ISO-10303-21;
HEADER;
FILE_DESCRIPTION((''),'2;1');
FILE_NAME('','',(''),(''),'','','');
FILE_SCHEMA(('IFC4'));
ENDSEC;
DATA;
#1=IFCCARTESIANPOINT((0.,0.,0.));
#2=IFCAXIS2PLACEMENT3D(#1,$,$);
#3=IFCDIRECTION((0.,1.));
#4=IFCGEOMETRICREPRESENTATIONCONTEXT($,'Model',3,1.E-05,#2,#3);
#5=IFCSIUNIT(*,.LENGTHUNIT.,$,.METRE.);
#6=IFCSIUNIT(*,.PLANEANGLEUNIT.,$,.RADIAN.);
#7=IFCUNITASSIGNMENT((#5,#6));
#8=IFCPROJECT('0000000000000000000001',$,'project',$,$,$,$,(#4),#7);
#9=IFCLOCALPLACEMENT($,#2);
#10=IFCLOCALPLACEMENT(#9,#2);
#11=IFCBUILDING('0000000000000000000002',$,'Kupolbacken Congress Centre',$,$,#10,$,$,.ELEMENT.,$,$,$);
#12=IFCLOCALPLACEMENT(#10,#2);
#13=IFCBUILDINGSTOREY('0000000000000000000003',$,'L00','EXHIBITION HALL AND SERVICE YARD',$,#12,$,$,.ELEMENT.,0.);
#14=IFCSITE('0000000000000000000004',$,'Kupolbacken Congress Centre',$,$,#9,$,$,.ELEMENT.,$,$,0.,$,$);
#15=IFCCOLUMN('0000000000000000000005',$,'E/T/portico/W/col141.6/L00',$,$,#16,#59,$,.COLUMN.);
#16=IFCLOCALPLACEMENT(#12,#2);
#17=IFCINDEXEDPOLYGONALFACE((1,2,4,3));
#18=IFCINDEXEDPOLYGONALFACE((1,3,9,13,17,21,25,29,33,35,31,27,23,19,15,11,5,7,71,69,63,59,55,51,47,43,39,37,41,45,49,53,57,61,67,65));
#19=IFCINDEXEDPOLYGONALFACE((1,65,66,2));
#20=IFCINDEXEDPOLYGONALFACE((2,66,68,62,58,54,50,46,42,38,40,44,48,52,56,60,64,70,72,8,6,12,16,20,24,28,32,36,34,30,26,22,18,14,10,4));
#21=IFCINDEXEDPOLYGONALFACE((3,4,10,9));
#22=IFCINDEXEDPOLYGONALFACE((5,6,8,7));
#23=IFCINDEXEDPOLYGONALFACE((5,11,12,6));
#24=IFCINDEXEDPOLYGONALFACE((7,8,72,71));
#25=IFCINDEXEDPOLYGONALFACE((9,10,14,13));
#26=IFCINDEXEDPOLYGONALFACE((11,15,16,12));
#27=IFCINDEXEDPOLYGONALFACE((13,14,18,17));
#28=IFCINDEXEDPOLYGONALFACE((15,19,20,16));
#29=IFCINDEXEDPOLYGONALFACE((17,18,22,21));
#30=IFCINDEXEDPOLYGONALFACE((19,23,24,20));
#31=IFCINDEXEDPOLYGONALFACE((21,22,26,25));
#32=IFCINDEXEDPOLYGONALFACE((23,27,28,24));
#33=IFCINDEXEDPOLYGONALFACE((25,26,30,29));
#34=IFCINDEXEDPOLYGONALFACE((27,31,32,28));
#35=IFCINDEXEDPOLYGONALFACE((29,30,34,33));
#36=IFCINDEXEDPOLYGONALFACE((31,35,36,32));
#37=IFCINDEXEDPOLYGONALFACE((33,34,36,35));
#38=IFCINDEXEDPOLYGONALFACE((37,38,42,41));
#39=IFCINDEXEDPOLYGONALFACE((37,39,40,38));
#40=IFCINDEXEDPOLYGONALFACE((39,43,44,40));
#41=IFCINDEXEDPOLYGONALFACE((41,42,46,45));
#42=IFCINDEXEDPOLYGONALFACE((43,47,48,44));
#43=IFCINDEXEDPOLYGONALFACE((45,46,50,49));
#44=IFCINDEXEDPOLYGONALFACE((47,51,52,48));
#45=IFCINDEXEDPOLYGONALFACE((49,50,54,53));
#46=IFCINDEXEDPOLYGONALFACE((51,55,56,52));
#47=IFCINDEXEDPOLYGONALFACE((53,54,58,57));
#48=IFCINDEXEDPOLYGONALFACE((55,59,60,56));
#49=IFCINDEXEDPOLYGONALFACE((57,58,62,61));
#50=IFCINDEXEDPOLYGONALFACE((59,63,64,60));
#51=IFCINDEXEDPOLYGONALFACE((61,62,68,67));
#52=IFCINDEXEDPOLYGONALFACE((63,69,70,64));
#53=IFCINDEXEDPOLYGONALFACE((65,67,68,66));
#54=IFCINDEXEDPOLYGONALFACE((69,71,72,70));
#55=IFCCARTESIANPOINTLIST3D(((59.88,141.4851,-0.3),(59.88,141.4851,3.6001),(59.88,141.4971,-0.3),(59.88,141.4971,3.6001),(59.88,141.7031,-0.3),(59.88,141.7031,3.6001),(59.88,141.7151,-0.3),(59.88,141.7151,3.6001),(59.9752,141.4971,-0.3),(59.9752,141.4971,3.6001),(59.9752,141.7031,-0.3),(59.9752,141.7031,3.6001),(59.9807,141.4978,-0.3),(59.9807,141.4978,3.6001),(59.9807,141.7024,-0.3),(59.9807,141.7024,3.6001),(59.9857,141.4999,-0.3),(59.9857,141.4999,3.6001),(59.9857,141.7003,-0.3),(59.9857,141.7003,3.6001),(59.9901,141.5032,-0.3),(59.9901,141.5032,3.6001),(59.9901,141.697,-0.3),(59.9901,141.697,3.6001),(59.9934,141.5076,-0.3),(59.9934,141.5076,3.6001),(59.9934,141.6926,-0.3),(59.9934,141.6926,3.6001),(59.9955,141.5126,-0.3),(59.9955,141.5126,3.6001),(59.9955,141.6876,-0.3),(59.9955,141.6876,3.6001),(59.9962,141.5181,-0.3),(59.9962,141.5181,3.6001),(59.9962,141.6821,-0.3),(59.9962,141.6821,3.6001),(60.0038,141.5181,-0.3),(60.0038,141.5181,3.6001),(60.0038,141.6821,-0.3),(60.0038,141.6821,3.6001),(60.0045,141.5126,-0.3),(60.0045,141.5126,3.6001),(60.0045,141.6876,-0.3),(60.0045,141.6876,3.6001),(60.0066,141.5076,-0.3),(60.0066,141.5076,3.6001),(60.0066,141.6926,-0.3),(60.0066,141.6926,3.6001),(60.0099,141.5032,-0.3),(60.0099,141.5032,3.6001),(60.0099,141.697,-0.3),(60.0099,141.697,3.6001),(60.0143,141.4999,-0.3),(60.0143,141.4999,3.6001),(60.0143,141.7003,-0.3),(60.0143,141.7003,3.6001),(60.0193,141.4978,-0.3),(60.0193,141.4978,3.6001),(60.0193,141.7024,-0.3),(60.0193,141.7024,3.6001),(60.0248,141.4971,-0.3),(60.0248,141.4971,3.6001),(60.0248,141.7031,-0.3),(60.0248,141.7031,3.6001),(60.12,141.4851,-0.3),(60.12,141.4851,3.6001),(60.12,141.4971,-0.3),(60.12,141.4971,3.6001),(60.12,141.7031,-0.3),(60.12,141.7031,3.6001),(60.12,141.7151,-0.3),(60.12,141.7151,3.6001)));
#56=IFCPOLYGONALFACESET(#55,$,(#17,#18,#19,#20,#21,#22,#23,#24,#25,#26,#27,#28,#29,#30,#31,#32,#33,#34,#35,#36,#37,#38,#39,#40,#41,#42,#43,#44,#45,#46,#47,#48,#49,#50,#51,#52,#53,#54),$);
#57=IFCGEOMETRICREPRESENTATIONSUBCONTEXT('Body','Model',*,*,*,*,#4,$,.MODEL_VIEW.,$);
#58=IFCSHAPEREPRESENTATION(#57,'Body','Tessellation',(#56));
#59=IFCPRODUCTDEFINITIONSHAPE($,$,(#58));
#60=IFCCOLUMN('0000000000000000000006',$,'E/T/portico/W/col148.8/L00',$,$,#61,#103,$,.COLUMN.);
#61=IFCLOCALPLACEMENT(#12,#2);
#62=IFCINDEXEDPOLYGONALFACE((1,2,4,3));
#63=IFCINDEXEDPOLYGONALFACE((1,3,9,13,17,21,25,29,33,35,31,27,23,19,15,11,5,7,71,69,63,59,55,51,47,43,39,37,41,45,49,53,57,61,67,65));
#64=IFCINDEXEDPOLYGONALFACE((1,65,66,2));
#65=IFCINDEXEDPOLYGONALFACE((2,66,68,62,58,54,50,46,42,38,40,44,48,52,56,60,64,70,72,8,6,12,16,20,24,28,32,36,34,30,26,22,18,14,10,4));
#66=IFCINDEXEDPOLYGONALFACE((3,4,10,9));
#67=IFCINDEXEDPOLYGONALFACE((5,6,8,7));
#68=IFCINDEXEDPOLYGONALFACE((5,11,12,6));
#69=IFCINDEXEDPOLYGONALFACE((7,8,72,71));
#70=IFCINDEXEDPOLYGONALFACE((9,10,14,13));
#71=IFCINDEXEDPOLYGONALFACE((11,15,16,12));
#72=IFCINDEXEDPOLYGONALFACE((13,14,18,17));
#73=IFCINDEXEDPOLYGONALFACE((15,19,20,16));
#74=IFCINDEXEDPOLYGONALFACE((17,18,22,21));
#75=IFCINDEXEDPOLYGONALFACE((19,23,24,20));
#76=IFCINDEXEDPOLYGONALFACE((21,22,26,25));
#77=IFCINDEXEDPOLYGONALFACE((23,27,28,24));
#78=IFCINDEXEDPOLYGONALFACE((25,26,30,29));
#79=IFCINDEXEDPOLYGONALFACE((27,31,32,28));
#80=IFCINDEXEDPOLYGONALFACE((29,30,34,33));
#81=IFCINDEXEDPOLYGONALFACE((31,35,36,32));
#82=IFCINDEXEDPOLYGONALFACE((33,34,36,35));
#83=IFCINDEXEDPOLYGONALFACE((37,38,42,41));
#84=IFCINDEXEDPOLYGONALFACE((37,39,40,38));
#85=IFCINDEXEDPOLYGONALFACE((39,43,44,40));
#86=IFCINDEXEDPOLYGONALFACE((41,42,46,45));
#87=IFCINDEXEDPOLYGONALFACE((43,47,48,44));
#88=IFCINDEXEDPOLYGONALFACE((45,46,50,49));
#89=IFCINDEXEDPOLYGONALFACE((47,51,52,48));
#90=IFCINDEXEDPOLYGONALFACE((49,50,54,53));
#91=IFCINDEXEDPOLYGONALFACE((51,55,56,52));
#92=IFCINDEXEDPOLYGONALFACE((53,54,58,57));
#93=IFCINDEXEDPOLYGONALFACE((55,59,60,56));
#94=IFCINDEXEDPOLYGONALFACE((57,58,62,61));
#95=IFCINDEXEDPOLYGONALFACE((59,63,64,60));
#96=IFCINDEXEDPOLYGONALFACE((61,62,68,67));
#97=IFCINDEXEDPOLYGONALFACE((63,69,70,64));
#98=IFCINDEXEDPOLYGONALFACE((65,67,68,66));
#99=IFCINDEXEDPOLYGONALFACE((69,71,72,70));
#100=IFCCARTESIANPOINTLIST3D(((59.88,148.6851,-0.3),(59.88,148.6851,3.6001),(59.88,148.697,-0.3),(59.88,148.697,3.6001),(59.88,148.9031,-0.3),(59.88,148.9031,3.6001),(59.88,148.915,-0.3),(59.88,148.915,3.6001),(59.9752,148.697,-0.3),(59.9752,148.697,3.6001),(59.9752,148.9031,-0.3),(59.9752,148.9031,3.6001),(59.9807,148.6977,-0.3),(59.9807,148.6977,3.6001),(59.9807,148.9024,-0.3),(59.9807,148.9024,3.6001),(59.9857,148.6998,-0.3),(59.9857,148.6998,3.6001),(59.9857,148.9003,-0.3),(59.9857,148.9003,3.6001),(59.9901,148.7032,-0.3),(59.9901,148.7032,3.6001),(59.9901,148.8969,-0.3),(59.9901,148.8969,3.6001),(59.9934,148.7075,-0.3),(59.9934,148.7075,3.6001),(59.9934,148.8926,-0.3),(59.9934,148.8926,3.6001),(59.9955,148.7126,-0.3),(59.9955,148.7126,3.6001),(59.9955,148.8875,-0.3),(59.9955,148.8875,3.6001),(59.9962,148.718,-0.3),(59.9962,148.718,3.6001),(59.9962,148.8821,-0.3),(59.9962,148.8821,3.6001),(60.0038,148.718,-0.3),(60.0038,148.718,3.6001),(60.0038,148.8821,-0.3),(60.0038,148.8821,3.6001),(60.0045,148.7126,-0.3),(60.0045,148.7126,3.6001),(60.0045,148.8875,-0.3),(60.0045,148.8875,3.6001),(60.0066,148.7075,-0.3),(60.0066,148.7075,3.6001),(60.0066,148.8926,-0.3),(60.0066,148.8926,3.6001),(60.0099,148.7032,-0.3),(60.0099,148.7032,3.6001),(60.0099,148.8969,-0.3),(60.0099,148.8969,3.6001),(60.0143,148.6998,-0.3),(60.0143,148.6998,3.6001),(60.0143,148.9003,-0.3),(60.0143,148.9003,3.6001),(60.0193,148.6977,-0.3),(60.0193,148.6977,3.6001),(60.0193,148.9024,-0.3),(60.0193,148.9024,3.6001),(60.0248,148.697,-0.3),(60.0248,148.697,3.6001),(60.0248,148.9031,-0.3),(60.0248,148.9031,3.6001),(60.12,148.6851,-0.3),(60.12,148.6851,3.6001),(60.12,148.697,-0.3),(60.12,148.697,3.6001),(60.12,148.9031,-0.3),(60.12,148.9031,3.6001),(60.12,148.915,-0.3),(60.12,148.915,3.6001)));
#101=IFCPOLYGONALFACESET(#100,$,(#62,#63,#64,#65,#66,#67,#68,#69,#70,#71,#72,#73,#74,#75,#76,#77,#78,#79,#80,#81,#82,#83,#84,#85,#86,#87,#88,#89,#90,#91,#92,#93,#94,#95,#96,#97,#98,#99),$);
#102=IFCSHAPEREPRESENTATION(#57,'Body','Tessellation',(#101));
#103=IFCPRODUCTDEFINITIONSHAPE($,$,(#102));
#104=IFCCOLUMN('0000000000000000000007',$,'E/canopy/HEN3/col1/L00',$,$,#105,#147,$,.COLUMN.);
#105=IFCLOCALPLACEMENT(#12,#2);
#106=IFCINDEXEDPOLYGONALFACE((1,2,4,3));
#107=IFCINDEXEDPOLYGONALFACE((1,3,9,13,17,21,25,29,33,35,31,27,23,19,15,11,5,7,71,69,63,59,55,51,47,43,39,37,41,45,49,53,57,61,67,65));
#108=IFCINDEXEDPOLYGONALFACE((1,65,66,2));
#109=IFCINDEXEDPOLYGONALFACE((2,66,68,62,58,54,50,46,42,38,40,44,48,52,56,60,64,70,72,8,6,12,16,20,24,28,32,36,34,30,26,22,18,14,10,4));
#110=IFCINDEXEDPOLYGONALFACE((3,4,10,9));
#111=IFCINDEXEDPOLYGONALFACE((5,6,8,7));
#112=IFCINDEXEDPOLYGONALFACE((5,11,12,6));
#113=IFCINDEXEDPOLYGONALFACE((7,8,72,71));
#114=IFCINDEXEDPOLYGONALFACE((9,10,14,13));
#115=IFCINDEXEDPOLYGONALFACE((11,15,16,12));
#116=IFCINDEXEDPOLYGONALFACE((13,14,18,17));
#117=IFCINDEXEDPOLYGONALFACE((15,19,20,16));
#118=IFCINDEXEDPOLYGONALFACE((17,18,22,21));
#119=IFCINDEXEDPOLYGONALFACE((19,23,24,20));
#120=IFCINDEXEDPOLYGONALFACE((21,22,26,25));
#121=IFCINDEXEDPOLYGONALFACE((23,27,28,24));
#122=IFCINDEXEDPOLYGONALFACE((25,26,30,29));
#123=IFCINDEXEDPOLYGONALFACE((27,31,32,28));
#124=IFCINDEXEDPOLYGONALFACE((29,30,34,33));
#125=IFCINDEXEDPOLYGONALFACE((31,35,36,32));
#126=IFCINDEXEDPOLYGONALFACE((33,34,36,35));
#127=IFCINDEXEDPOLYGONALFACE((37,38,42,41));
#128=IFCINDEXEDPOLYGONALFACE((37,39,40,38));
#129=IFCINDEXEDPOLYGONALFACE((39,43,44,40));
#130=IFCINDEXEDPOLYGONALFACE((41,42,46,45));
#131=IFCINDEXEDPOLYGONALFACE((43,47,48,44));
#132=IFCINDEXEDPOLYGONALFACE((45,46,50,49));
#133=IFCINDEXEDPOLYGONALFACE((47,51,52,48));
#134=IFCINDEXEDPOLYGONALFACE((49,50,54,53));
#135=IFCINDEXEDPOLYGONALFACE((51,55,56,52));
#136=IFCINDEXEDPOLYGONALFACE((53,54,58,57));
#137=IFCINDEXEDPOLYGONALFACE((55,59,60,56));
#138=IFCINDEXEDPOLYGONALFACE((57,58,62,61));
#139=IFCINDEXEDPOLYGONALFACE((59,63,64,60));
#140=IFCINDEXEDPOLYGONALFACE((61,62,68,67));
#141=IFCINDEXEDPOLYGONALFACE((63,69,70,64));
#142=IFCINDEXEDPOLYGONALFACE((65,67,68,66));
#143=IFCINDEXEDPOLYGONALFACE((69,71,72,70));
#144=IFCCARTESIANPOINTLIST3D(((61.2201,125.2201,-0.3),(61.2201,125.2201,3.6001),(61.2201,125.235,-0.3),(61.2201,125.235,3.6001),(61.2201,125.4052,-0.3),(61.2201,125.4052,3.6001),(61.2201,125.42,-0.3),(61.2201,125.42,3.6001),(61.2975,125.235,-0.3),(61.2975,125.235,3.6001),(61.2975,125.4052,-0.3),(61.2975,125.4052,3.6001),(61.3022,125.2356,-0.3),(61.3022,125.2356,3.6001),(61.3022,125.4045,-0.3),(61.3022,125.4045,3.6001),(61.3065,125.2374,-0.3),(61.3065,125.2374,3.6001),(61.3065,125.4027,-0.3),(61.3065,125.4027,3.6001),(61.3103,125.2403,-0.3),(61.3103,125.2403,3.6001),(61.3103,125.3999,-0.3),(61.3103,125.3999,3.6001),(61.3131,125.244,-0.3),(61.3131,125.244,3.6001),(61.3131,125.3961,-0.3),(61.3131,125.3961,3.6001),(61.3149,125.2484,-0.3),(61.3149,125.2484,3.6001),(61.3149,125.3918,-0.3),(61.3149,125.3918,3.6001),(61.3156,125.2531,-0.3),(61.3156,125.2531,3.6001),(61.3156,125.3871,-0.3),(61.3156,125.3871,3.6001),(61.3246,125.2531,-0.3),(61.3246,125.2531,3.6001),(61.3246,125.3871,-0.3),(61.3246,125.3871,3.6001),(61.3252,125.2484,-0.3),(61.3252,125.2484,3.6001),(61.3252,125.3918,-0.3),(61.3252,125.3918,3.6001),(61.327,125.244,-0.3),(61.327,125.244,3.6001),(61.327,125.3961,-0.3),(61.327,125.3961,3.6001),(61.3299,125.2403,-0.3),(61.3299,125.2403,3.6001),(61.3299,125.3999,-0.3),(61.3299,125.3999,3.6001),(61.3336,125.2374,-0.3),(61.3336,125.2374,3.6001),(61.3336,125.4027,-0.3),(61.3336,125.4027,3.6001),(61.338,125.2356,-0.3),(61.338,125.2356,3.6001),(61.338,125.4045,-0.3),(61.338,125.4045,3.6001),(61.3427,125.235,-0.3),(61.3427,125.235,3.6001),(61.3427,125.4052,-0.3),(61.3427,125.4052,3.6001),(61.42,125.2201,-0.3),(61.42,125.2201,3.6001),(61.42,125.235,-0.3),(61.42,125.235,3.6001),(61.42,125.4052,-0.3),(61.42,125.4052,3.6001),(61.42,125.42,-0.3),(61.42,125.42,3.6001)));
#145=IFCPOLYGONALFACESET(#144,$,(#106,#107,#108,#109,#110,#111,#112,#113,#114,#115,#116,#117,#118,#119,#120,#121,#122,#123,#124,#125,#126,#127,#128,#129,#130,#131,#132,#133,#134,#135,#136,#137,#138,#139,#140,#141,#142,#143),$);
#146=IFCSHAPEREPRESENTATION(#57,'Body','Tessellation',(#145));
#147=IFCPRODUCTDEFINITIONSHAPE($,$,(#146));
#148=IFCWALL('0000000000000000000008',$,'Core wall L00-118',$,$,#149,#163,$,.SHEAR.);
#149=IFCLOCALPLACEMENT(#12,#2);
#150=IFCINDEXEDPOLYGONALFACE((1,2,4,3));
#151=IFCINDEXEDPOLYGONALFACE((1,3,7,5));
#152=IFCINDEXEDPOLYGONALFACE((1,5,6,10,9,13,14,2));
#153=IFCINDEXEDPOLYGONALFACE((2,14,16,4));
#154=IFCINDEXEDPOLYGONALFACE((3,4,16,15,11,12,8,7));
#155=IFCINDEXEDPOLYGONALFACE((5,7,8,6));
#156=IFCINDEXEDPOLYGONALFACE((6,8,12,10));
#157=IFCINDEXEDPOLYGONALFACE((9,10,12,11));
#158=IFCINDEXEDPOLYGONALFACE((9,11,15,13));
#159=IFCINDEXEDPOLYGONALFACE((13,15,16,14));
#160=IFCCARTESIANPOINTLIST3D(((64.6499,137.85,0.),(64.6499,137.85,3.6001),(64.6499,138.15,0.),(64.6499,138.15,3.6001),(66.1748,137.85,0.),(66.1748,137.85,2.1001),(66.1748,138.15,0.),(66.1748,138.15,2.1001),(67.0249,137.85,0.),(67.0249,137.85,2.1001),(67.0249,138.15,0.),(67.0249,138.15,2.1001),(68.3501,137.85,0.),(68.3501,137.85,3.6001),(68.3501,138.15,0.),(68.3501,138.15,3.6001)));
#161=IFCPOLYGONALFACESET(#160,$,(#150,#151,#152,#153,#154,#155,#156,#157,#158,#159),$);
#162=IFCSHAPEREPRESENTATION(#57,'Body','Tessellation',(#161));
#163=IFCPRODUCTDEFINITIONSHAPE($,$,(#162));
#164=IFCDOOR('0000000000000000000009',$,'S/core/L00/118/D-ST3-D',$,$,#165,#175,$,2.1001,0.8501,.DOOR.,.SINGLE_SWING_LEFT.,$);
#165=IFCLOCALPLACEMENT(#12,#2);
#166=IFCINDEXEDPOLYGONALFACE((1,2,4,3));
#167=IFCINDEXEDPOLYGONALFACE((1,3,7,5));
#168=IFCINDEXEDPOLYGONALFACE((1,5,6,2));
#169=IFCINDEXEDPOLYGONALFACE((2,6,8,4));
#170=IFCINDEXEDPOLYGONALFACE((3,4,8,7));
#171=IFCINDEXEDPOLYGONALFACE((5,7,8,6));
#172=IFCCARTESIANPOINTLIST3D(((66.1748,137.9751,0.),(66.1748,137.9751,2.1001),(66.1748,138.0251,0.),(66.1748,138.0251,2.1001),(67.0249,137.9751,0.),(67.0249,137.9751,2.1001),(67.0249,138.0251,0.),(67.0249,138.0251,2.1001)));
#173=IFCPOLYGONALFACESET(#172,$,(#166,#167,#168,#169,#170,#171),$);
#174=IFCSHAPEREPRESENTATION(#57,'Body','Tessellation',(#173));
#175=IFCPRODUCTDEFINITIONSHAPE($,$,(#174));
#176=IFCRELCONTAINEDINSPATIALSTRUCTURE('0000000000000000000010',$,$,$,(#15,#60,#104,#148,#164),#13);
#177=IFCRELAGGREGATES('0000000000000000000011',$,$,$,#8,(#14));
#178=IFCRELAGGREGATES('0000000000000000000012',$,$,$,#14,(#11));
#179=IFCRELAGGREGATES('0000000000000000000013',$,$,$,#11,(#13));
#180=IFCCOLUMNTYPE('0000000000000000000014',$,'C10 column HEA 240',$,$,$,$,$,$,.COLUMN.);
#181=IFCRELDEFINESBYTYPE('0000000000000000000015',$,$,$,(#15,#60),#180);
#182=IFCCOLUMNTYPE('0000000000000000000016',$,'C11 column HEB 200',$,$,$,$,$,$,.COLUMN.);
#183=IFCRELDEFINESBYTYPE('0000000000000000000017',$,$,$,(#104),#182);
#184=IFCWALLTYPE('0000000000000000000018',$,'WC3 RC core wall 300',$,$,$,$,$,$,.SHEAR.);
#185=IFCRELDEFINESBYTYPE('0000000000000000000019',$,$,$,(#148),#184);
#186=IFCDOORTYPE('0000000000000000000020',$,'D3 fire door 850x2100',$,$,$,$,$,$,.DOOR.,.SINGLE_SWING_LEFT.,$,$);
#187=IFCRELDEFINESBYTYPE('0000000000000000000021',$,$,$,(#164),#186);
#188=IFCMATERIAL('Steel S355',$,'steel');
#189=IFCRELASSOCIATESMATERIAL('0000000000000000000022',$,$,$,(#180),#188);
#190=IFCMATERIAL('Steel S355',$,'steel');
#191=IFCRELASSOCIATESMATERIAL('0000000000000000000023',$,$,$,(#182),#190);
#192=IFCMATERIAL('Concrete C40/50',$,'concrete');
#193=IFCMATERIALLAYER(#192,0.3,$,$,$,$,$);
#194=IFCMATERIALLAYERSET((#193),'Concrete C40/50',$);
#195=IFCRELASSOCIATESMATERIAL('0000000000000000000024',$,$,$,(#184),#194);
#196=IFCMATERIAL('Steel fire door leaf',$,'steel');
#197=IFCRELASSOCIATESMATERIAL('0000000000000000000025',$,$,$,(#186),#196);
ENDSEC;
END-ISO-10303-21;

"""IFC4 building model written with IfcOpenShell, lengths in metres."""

from ifc_helpers import new_model, si_unit, direction, frame, frame_2d, origin, origin_2d, place, context, subcontext, project, spatial, rectangle, i_section, extrude, material, layer, layer_set, material_profile, profile_set, type_object, element, fill, save


model = new_model("IFC4")

# Units and contexts
model_context = context("Model", 3, precision=1e-05, world=origin(), true_north=direction((0.0, 1.0)))
body_context = subcontext(model_context, "Body", "Model", "MODEL_VIEW")
ifc_project = project(units=[si_unit("LENGTHUNIT", "METRE"), si_unit("PLANEANGLEUNIT", "RADIAN")], contexts=[model_context])

# Site, building, storey
site_placement = place(None, origin())
site = spatial("IfcSite", under=ifc_project, at=site_placement, Name="Kupolbacken Congress Centre", CompositionType="ELEMENT", RefElevation=0.0)
building_placement = place(site_placement, origin())
building = spatial("IfcBuilding", under=site, at=building_placement, Name="Kupolbacken Congress Centre", CompositionType="ELEMENT")
storey_placement = place(building_placement, origin())
storey = spatial("IfcBuildingStorey", under=building, at=storey_placement, Name="L00", Description="EXHIBITION HALL AND SERVICE YARD", CompositionType="ELEMENT", Elevation=0.0)

# Columns
ifc_material_1 = material(Name="Steel S355", Category="steel")
ifc_material_profile_1 = material_profile(ifc_material_1, i_section(OverallWidth=0.24, OverallDepth=0.23, WebThickness=0.0076, FlangeThickness=0.012, FilletRadius=0.021, at=origin_2d()), Name="HEA 240")
ifc_profile_set_1 = profile_set([ifc_material_profile_1], Name="Steel S355")
column_type_1 = type_object("IfcColumnType", Name="C10 column HEA 240", PredefinedType="COLUMN", material=ifc_profile_set_1)
for number, where, z_axis, x_axis, name in (
    (1, (60.0, 141.6001, -0.3), (0.0, 0.0, 1.0), (1.0, 0.0, 0.0), "E/T/portico/W/col141.6/L00"),
    (2, (60.0, 148.8, -0.3), (0.0, 0.0, 1.0), (1.0, 0.0, 0.0), "E/T/portico/W/col148.8/L00"),
):
    element("IfcColumn", number, at=place(storey_placement, frame(where, z_axis=z_axis, x_axis=x_axis)), inside=storey, type_object=column_type_1, Name=name, PredefinedType="COLUMN", context=body_context, shape_type="SweptSolid", body=[
        extrude(i_section(OverallWidth=0.24, OverallDepth=0.23, WebThickness=0.0076, FlangeThickness=0.012, FilletRadius=0.021, at=origin_2d()), origin(), (0.0, 0.0, 1.0), 3.9001),
    ])
ifc_material_2 = material(Name="Steel S355", Category="steel")
ifc_material_profile_2 = material_profile(ifc_material_2, i_section(OverallWidth=0.2, OverallDepth=0.2, WebThickness=0.009, FlangeThickness=0.0149, FilletRadius=0.0181, at=origin_2d()), Name="HEB 200")
ifc_profile_set_2 = profile_set([ifc_material_profile_2], Name="Steel S355")
column_type_2 = type_object("IfcColumnType", Name="C11 column HEB 200", PredefinedType="COLUMN", material=ifc_profile_set_2)
column_1_placement = place(storey_placement, frame((61.3201, 125.3201, -0.3), z_axis=(0.0, 0.0, 1.0), x_axis=(1.0, 0.0, 0.0)))
element("IfcColumn", 3, at=column_1_placement, inside=storey, type_object=column_type_2, Name="E/canopy/HEN3/col1/L00", PredefinedType="COLUMN", context=body_context, shape_type="SweptSolid", body=[
    extrude(i_section(OverallWidth=0.2, OverallDepth=0.2, WebThickness=0.009, FlangeThickness=0.0149, FilletRadius=0.0181, at=origin_2d()), origin(), (0.0, 0.0, 1.0), 3.9001),
])

# Wall, opening, door
ifc_material_3 = material(Name="Concrete C40/50", Category="concrete")
ifc_layer_1 = layer(ifc_material_3, 0.3)
ifc_layer_set_1 = layer_set([ifc_layer_1], Name="Concrete C40/50")
wall_type = type_object("IfcWallType", Name="WC3 RC core wall 300", PredefinedType="SHEAR", material=ifc_layer_set_1)
wall_placement = place(storey_placement, frame((64.6499, 138.0, 0.0), z_axis=(0.0, 0.0, 1.0), x_axis=(1.0, 0.0, 0.0)))
wall = element("IfcWall", 4, at=wall_placement, inside=storey, type_object=wall_type, Name="Core wall L00-118", PredefinedType="SHEAR", context=body_context, shape_type="SweptSolid", body=[
    extrude(rectangle(XDim=3.7002, YDim=0.3, at=frame_2d((1.8501, 0.0))), origin(), (0.0, 0.0, 1.0), 3.6001),
])
opening_placement = place(wall_placement, frame((1.5249, 0.0, 0.0)))
opening = element("IfcOpeningElement", 5, at=opening_placement, cuts=wall, PredefinedType="OPENING", context=body_context, shape_type="SweptSolid", body=[
    extrude(rectangle(XDim=0.8501, YDim=2.1001, at=frame_2d((0.425, 1.05))), frame((0.0, 0.1599, 0.0), z_axis=(0.0, -1.0, 0.0), x_axis=(1.0, 0.0, 0.0)), (0.0, 0.0, 1.0), 0.3201),
])
ifc_material_4 = material(Name="Steel fire door leaf", Category="steel")
door_type = type_object("IfcDoorType", Name="D3 fire door 850x2100", OperationType="SINGLE_SWING_LEFT", PredefinedType="DOOR", material=ifc_material_4)
door_placement = place(opening_placement, frame((0.8501, 0.0, 0.0), z_axis=(0.0, 0.0, 1.0), x_axis=(-1.0, 0.0, 0.0)))
door = element("IfcDoor", 6, at=door_placement, inside=storey, type_object=door_type, Name="S/core/L00/118/D-ST3-D", OperationType="SINGLE_SWING_LEFT", OverallHeight=2.1001, OverallWidth=0.8501, PredefinedType="DOOR", context=body_context, shape_type="SweptSolid", body=[
    extrude(rectangle(XDim=0.8501, YDim=2.1001, at=frame_2d((0.425, 1.05))), frame((0.0, 0.0249, 0.0), z_axis=(0.0, -1.0, 0.0), x_axis=(1.0, 0.0, 0.0)), (0.0, 0.0, 1.0), 0.05),
])
fill(opening, door)

save(model, "model.ifc")
